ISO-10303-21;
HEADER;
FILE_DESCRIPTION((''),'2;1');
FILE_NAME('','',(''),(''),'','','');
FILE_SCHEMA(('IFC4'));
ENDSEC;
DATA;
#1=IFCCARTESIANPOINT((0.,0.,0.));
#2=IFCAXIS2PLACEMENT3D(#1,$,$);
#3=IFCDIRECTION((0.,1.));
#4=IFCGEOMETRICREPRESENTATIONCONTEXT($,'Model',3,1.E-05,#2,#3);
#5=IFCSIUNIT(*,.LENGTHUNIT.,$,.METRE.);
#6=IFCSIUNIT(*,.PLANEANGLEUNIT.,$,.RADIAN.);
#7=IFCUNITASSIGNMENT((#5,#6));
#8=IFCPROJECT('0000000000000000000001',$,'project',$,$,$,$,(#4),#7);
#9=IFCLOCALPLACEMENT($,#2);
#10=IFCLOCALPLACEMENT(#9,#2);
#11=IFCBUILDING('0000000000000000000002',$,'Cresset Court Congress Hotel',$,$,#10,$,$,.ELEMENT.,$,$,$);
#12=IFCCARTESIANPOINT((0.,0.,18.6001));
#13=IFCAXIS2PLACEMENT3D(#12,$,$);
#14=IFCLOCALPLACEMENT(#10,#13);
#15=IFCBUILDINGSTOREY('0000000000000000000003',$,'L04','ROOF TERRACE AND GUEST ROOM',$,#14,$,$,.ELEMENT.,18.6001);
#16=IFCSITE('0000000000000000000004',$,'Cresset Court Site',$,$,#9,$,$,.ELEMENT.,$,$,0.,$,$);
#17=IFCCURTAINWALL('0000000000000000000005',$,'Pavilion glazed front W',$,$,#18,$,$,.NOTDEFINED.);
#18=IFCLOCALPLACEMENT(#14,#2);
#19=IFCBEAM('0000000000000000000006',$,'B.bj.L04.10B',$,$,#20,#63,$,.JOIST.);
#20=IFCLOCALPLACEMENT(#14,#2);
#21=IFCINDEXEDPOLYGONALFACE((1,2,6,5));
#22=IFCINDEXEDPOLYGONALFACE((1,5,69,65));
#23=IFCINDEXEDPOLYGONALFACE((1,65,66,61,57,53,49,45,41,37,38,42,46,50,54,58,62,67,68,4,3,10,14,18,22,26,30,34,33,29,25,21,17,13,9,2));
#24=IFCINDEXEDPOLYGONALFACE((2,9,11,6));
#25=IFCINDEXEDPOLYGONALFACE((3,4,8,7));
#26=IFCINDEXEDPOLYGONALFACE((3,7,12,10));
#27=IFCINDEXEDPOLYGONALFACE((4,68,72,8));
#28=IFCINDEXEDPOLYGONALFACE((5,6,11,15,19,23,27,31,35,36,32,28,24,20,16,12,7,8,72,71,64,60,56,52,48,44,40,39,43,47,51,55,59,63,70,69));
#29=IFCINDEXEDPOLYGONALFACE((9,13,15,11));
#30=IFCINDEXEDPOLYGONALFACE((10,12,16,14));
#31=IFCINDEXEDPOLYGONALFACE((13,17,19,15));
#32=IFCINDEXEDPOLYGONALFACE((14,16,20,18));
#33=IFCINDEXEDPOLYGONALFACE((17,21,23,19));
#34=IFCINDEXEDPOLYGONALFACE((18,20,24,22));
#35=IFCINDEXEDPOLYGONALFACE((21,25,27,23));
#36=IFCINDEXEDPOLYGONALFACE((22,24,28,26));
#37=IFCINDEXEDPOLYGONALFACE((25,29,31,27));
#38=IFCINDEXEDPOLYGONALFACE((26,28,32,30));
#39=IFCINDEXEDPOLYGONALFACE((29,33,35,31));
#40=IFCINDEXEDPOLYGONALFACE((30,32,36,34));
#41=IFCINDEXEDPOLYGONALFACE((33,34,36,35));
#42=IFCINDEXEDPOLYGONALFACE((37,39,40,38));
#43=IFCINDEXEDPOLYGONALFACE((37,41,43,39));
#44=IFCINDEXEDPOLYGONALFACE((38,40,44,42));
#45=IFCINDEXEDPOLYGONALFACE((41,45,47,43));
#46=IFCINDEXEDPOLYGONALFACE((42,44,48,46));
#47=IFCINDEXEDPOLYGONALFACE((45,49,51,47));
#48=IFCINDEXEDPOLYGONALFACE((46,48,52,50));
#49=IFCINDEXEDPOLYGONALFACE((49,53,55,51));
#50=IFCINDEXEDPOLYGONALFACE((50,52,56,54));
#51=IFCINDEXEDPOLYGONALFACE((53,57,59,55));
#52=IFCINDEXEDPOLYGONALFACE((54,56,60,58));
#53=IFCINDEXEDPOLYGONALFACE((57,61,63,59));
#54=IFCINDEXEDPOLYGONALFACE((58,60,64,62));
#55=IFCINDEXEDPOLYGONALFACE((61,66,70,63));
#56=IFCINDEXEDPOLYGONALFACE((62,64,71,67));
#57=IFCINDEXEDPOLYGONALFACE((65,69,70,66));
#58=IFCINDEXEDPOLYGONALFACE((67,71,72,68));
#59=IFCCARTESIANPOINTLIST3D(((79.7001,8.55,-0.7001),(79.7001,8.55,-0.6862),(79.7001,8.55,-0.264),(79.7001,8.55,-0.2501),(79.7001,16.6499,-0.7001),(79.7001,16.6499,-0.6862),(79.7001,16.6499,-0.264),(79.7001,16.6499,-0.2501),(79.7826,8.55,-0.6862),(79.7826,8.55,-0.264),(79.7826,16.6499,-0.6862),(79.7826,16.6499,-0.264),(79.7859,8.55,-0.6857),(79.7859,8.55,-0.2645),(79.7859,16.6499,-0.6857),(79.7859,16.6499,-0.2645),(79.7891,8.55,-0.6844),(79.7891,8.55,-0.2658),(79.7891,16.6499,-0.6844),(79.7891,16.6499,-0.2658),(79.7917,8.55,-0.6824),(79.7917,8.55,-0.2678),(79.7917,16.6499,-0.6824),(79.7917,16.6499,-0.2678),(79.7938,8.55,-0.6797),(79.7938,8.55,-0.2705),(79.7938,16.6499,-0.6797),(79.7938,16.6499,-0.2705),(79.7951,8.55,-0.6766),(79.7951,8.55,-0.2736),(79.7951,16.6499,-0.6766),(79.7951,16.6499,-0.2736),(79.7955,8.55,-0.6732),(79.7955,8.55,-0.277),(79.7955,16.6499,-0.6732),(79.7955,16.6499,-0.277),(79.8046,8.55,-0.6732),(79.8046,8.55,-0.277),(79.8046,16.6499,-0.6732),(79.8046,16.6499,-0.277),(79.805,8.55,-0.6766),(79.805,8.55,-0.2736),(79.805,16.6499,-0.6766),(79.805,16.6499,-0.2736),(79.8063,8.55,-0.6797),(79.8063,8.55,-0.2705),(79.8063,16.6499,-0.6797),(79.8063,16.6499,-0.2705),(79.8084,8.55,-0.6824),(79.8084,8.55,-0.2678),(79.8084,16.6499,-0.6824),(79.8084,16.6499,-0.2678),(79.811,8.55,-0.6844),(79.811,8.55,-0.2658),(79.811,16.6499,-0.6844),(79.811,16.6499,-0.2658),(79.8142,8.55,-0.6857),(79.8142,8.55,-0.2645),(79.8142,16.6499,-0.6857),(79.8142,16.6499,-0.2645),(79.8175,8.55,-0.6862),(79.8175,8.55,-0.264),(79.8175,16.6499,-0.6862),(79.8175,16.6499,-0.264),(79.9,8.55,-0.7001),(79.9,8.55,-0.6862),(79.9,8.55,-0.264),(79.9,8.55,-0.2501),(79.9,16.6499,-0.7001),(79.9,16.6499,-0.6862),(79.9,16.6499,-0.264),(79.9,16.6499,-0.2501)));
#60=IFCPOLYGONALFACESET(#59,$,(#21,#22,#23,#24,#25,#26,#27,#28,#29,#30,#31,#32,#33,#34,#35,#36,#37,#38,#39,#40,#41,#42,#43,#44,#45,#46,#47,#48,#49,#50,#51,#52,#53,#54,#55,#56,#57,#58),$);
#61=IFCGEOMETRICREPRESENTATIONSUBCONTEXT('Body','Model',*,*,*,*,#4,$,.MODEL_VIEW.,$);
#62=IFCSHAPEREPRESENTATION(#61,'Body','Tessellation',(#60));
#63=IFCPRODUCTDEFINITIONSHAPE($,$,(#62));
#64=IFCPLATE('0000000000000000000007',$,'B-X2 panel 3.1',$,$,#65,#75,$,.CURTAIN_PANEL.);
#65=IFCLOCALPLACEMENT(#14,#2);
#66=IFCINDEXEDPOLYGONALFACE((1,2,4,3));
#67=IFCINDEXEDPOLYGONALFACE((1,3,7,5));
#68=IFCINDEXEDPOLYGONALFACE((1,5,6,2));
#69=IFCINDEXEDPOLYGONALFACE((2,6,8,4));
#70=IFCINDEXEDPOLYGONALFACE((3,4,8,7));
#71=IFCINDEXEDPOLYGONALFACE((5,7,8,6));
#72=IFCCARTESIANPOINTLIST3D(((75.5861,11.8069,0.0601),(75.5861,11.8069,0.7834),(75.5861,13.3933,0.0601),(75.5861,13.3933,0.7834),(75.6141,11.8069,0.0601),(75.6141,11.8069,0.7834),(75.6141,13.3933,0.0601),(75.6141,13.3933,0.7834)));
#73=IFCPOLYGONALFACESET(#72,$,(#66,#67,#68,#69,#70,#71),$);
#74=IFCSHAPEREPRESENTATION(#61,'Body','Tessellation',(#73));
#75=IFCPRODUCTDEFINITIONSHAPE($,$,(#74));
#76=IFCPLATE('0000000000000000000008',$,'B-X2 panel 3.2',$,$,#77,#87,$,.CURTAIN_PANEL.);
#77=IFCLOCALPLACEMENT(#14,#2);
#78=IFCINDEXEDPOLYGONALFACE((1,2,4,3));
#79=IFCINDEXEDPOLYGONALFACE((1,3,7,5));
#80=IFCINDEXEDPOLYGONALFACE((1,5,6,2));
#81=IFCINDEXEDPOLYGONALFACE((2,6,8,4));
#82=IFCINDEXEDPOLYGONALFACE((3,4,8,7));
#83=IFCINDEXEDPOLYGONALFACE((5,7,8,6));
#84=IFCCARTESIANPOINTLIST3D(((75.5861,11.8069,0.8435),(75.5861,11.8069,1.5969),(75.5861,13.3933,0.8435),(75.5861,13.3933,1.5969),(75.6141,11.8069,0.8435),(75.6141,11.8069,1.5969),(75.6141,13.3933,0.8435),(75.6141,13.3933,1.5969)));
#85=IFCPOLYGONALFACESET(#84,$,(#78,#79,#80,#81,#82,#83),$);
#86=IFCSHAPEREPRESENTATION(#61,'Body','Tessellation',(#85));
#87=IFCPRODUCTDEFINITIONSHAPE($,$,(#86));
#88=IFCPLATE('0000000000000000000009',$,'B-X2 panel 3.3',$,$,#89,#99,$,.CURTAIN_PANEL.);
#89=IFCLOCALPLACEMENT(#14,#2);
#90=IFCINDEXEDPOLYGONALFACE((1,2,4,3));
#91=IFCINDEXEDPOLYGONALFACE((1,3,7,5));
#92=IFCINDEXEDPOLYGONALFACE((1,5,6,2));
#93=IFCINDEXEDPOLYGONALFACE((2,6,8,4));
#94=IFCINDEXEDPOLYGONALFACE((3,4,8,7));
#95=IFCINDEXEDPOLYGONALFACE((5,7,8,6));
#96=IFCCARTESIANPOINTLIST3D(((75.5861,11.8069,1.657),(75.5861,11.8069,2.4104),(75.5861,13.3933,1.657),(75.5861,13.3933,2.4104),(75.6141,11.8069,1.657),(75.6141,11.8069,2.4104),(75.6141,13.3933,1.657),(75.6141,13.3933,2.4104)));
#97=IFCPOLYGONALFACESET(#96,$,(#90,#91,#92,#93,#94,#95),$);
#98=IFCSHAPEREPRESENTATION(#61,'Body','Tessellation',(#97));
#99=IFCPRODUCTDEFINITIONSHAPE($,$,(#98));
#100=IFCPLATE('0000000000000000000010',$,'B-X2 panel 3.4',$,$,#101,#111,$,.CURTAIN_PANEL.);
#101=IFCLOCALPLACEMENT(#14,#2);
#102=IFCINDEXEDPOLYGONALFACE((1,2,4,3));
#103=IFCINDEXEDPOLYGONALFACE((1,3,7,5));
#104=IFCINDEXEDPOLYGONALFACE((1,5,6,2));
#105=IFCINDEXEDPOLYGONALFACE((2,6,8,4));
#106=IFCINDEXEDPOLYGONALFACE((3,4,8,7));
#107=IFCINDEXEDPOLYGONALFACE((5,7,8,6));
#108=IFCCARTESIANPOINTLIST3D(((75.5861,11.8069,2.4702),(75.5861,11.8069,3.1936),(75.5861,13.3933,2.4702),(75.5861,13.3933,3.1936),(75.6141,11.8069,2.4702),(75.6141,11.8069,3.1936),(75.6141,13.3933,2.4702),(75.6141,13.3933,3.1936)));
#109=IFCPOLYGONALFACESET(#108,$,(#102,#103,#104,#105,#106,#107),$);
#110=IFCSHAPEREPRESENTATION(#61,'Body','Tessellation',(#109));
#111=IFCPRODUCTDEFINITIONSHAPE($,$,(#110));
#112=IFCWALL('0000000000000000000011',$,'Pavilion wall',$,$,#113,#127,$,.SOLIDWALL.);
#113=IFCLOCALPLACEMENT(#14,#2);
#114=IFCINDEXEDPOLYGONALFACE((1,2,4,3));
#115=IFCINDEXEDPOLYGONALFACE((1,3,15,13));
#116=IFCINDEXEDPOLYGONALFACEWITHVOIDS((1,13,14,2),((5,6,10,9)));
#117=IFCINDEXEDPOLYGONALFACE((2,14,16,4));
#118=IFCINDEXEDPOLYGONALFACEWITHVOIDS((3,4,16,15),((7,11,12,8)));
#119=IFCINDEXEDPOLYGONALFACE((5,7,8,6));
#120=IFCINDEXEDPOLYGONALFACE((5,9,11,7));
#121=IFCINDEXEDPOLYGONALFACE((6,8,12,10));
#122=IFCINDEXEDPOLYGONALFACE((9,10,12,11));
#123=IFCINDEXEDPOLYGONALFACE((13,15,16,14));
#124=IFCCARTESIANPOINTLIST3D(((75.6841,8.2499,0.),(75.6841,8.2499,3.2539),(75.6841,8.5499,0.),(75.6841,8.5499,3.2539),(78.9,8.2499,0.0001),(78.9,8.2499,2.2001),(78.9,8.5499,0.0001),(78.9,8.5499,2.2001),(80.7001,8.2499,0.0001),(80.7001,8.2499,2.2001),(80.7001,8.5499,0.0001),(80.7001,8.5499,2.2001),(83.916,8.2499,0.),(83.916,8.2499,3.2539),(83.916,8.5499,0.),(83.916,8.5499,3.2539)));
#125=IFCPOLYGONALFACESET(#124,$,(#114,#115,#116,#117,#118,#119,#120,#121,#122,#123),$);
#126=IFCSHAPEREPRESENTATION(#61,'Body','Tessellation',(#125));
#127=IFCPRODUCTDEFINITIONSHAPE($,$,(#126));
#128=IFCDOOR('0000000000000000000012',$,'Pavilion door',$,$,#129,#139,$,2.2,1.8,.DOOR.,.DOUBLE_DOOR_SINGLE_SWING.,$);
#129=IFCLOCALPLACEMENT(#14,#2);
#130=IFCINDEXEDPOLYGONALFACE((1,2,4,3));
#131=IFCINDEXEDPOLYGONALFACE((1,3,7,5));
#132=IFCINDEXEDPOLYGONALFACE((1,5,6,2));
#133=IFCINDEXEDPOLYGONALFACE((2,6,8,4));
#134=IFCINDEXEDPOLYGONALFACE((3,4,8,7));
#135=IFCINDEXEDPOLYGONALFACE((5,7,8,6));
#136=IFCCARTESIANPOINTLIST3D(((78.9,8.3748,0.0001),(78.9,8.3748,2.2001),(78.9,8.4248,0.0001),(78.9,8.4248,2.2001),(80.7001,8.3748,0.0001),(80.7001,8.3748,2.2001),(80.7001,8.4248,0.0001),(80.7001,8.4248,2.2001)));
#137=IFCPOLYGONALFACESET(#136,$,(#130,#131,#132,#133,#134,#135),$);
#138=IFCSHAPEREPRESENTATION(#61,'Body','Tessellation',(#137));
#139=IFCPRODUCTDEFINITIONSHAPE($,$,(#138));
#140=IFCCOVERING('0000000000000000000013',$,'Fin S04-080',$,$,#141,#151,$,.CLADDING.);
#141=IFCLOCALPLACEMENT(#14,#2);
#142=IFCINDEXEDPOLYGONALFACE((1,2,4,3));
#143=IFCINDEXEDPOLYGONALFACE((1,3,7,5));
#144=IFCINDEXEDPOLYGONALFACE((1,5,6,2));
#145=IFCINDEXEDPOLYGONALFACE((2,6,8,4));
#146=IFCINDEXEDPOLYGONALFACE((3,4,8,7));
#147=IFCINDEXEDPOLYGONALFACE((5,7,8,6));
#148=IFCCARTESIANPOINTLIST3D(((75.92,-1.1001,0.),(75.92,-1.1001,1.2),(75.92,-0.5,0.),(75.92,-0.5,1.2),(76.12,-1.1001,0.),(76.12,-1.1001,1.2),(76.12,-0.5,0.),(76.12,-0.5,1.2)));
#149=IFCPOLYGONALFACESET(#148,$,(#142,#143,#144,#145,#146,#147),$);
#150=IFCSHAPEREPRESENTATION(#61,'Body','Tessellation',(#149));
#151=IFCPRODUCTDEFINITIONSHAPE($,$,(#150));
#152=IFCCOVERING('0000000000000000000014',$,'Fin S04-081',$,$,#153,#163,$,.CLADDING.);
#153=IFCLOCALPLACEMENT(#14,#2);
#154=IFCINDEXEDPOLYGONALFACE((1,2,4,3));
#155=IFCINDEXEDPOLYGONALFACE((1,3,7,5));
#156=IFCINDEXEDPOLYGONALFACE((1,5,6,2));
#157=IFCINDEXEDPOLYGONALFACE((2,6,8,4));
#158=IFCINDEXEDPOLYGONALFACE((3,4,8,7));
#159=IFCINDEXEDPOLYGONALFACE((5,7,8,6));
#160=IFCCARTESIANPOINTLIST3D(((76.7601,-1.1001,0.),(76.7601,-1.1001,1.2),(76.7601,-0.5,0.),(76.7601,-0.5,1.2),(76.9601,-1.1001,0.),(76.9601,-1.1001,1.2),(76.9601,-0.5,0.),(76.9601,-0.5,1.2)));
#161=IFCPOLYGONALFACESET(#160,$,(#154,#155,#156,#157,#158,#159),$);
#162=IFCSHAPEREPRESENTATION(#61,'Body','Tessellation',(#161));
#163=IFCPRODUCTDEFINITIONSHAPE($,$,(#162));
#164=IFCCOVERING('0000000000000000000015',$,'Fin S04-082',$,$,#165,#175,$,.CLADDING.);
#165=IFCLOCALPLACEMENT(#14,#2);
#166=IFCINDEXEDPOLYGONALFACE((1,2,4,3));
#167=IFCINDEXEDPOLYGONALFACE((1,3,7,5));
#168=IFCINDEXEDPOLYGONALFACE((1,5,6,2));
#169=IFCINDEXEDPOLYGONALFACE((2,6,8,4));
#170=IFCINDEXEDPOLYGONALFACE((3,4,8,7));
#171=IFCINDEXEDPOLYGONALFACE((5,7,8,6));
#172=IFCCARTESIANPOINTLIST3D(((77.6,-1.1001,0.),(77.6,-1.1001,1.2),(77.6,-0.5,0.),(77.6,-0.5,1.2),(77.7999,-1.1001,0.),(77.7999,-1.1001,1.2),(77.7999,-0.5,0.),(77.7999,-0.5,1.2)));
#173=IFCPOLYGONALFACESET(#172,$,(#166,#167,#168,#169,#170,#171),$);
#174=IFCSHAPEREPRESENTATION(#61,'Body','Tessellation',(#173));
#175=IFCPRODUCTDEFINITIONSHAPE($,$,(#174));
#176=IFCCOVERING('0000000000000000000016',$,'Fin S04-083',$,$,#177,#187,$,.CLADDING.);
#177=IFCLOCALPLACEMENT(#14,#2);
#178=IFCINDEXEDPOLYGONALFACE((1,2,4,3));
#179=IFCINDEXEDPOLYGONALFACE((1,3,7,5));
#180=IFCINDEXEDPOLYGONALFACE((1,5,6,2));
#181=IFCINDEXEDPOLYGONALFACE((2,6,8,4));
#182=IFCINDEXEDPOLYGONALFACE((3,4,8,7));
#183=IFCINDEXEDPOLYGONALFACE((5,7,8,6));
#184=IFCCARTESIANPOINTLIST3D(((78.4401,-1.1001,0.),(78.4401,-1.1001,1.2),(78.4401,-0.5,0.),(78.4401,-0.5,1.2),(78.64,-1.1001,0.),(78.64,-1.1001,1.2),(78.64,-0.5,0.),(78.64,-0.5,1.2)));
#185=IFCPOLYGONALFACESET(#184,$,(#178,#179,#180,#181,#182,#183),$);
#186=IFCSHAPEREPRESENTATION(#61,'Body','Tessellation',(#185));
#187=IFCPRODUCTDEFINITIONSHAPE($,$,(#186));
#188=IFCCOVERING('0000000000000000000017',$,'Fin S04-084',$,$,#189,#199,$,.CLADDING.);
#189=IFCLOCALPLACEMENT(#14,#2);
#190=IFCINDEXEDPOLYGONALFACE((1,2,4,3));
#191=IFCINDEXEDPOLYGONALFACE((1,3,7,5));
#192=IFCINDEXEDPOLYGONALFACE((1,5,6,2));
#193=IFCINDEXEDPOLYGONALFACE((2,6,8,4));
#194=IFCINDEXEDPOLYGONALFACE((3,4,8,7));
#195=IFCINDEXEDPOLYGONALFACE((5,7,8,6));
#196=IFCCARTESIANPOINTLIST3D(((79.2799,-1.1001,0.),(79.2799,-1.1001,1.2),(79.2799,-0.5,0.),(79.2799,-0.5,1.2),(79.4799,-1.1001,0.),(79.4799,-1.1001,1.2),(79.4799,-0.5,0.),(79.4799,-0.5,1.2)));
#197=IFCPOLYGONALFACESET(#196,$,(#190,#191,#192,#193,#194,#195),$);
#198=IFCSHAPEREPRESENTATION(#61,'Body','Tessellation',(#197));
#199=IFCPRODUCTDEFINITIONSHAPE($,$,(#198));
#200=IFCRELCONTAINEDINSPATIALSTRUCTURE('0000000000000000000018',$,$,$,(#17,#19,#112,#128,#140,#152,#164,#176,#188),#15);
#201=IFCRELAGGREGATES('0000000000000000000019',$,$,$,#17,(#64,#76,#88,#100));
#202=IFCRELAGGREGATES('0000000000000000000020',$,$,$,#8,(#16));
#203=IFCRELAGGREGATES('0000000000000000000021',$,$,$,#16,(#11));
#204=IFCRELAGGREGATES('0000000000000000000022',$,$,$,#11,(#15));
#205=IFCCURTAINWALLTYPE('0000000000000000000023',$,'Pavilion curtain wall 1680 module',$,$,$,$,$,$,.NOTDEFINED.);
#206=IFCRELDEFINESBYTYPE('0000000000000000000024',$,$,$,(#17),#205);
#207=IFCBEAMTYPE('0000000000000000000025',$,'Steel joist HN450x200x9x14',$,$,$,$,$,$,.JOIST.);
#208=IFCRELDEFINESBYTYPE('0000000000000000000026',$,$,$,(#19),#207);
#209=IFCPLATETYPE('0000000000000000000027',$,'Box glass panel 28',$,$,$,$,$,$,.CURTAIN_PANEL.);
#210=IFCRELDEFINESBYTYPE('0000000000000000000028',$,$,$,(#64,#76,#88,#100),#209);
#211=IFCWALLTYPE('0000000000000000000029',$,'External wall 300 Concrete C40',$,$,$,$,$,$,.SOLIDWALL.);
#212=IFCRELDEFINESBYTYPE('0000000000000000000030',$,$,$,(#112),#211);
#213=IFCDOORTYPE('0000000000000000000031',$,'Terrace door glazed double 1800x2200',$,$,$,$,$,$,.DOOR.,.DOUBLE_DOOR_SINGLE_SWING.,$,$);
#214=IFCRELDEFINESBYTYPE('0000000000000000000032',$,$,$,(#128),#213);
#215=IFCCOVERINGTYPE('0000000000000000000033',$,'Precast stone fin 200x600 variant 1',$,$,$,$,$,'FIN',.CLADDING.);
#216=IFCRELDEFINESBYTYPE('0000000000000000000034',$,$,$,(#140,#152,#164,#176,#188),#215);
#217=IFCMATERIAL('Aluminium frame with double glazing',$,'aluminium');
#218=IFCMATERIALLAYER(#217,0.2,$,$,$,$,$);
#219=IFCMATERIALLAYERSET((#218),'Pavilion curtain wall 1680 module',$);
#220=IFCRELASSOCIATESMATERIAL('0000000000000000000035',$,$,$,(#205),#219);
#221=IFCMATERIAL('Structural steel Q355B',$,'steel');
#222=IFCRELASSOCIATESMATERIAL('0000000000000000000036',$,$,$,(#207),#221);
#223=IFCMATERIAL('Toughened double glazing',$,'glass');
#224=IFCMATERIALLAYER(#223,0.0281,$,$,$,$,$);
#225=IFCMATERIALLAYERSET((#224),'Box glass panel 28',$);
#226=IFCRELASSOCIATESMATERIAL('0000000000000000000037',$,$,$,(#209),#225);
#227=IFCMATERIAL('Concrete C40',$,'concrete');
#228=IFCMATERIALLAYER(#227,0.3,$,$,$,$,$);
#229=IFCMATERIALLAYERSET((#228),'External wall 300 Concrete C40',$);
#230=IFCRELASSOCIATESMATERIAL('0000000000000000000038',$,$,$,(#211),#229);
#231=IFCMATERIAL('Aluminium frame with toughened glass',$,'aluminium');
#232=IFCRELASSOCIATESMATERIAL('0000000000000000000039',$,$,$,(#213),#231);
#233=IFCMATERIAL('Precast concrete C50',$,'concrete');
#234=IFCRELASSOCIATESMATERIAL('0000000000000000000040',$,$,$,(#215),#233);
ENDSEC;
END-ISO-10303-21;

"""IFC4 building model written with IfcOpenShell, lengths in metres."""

from ifc_helpers import new_model, si_unit, direction, frame, frame_2d, origin, origin_2d, place, context, subcontext, project, spatial, rectangle, i_section, extrude, material, layer, layer_set, material_profile, profile_set, type_object, element, fill, aggregate, save


model = new_model("IFC4")

# Units and contexts
model_context = context("Model", 3, precision=1e-05, world=origin(), true_north=direction((0.0, 1.0)))
body_context = subcontext(model_context, "Body", "Model", "MODEL_VIEW")
ifc_project = project(units=[si_unit("LENGTHUNIT", "METRE"), si_unit("PLANEANGLEUNIT", "RADIAN")], contexts=[model_context])

# Site, building, storey
site_placement = place(None, origin())
site = spatial("IfcSite", under=ifc_project, at=site_placement, Name="Cresset Court Site", CompositionType="ELEMENT", RefElevation=0.0)
building_placement = place(site_placement, origin())
building = spatial("IfcBuilding", under=site, at=building_placement, Name="Cresset Court Congress Hotel", CompositionType="ELEMENT")
storey_placement = place(building_placement, frame((0.0, 0.0, 18.6001)))
storey = spatial("IfcBuildingStorey", under=building, at=storey_placement, Name="L04", Description="ROOF TERRACE AND GUEST ROOM", CompositionType="ELEMENT", Elevation=18.6001)

# Curtain wall
ifc_material_1 = material(Name="Aluminium frame with double glazing", Category="aluminium")
ifc_layer_1 = layer(ifc_material_1, 0.2)
ifc_layer_set_1 = layer_set([ifc_layer_1], Name="Pavilion curtain wall 1680 module")
curtain_wall_type = type_object("IfcCurtainWallType", Name="Pavilion curtain wall 1680 module", PredefinedType="NOTDEFINED", material=ifc_layer_set_1)
curtain_wall_placement = place(storey_placement, origin())
curtain_wall = element("IfcCurtainWall", 1, at=curtain_wall_placement, inside=storey, type_object=curtain_wall_type, Name="Pavilion glazed front W", PredefinedType="NOTDEFINED")

# Beam
ifc_material_2 = material(Name="Structural steel Q355B", Category="steel")
ifc_material_profile_1 = material_profile(ifc_material_2, i_section(OverallWidth=0.2, OverallDepth=0.45, WebThickness=0.009, FlangeThickness=0.0139, FilletRadius=0.0129, at=origin_2d()), Name="HN450x200x9x14")
ifc_profile_set_1 = profile_set([ifc_material_profile_1], Name="Structural steel Q355B")
beam_type_1 = type_object("IfcBeamType", Name="Steel joist HN450x200x9x14", PredefinedType="JOIST", material=ifc_profile_set_1)
beam_1_placement = place(storey_placement, frame((79.8, 8.55, -0.4751), z_axis=(0.0, 1.0, 0.0), x_axis=(-1.0, 0.0, 0.0)))
element("IfcBeam", 2, at=beam_1_placement, inside=storey, type_object=beam_type_1, Name="B.bj.L04.10B", PredefinedType="JOIST", context=body_context, shape_type="SweptSolid", body=[
    extrude(i_section(OverallWidth=0.2, OverallDepth=0.45, WebThickness=0.009, FlangeThickness=0.0139, FilletRadius=0.0129, at=origin_2d()), origin(), (0.0, 0.0, 1.0), 8.0999),
])

# Plates
ifc_material_3 = material(Name="Toughened double glazing", Category="glass")
ifc_layer_2 = layer(ifc_material_3, 0.0281)
ifc_layer_set_2 = layer_set([ifc_layer_2], Name="Box glass panel 28")
plate_type = type_object("IfcPlateType", Name="Box glass panel 28", PredefinedType="CURTAIN_PANEL", material=ifc_layer_set_2)
plate_1_placement = place(storey_placement, frame((75.6001, 12.6001, 0.0601), z_axis=(0.0, 0.0, 1.0), x_axis=(0.0, 1.0, 0.0)))
plate_1 = element("IfcPlate", 3, at=plate_1_placement, type_object=plate_type, Name="B-X2 panel 3.1", PredefinedType="CURTAIN_PANEL", context=body_context, shape_type="SweptSolid", body=[
    extrude(rectangle(XDim=1.5864, YDim=0.0281, at=origin_2d()), origin(), (0.0, 0.0, 1.0), 0.7234),
])
plate_2_placement = place(storey_placement, frame((75.6001, 12.6001, 0.8435), z_axis=(0.0, 0.0, 1.0), x_axis=(0.0, 1.0, 0.0)))
plate_2 = element("IfcPlate", 4, at=plate_2_placement, type_object=plate_type, Name="B-X2 panel 3.2", PredefinedType="CURTAIN_PANEL", context=body_context, shape_type="SweptSolid", body=[
    extrude(rectangle(XDim=1.5864, YDim=0.0281, at=origin_2d()), origin(), (0.0, 0.0, 1.0), 0.7534),
])
plate_3_placement = place(storey_placement, frame((75.6001, 12.6001, 1.657), z_axis=(0.0, 0.0, 1.0), x_axis=(0.0, 1.0, 0.0)))
plate_3 = element("IfcPlate", 5, at=plate_3_placement, type_object=plate_type, Name="B-X2 panel 3.3", PredefinedType="CURTAIN_PANEL", context=body_context, shape_type="SweptSolid", body=[
    extrude(rectangle(XDim=1.5864, YDim=0.0281, at=origin_2d()), origin(), (0.0, 0.0, 1.0), 0.7534),
])
plate_4_placement = place(storey_placement, frame((75.6001, 12.6001, 2.4702), z_axis=(0.0, 0.0, 1.0), x_axis=(0.0, 1.0, 0.0)))
plate_4 = element("IfcPlate", 6, at=plate_4_placement, type_object=plate_type, Name="B-X2 panel 3.4", PredefinedType="CURTAIN_PANEL", context=body_context, shape_type="SweptSolid", body=[
    extrude(rectangle(XDim=1.5864, YDim=0.0281, at=origin_2d()), origin(), (0.0, 0.0, 1.0), 0.7234),
])
aggregate(curtain_wall, [plate_1, plate_2, plate_3, plate_4])

# Wall, opening, door
ifc_material_4 = material(Name="Concrete C40", Category="concrete")
ifc_layer_3 = layer(ifc_material_4, 0.3)
ifc_layer_set_3 = layer_set([ifc_layer_3], Name="External wall 300 Concrete C40")
wall_type = type_object("IfcWallType", Name="External wall 300 Concrete C40", PredefinedType="SOLIDWALL", material=ifc_layer_set_3)
wall_placement = place(storey_placement, frame((75.6841, 8.3999, 0.0), z_axis=(0.0, 0.0, 1.0), x_axis=(1.0, 0.0, 0.0)))
wall = element("IfcWall", 7, at=wall_placement, inside=storey, type_object=wall_type, Name="Pavilion wall", PredefinedType="SOLIDWALL", context=body_context, shape_type="SweptSolid", body=[
    extrude(rectangle(XDim=8.2319, YDim=0.3, at=frame_2d((4.116, 0.0))), origin(), (0.0, 0.0, 1.0), 3.2539),
])
opening_placement = place(wall_placement, frame((3.2161, 0.0, 0.0)))
opening = element("IfcOpeningElement", 8, at=opening_placement, cuts=wall, PredefinedType="OPENING", context=body_context, shape_type="SweptSolid", body=[
    extrude(rectangle(XDim=1.8, YDim=2.2, at=frame_2d((0.8999, 1.1001))), frame((0.0, 0.1599, 0.0), z_axis=(0.0, -1.0, 0.0), x_axis=(1.0, 0.0, 0.0)), (0.0, 0.0, 1.0), 0.3201),
])
ifc_material_5 = material(Name="Aluminium frame with toughened glass", Category="aluminium")
door_type = type_object("IfcDoorType", Name="Terrace door glazed double 1800x2200", OperationType="DOUBLE_DOOR_SINGLE_SWING", PredefinedType="DOOR", material=ifc_material_5)
door_placement = place(opening_placement, origin())
door = element("IfcDoor", 9, at=door_placement, inside=storey, type_object=door_type, Name="Pavilion door", OperationType="DOUBLE_DOOR_SINGLE_SWING", OverallHeight=2.2, OverallWidth=1.8, PredefinedType="DOOR", context=body_context, shape_type="SweptSolid", body=[
    extrude(rectangle(XDim=1.8, YDim=2.2, at=frame_2d((0.8999, 1.1001))), frame((0.0, 0.0249, 0.0), z_axis=(0.0, -1.0, 0.0), x_axis=(1.0, 0.0, 0.0)), (0.0, 0.0, 1.0), 0.05),
])
fill(opening, door)

# Coverings
ifc_material_6 = material(Name="Precast concrete C50", Category="concrete")
covering_type = type_object("IfcCoveringType", Name="Precast stone fin 200x600 variant 1", ElementType="FIN", PredefinedType="CLADDING", material=ifc_material_6)
for number, where, z_axis, x_axis, name in (
    (10, (76.02, -0.8, 0.0), (0.0, 0.0, 1.0), (1.0, 0.0, 0.0), "Fin S04-080"),
    (11, (76.8601, -0.8, 0.0), (0.0, 0.0, 1.0), (1.0, 0.0, 0.0), "Fin S04-081"),
    (12, (77.7, -0.8, 0.0), (0.0, 0.0, 1.0), (1.0, 0.0, 0.0), "Fin S04-082"),
    (13, (78.54, -0.8, 0.0), (0.0, 0.0, 1.0), (1.0, 0.0, 0.0), "Fin S04-083"),
    (14, (79.3799, -0.8, 0.0), (0.0, 0.0, 1.0), (1.0, 0.0, 0.0), "Fin S04-084"),
):
    element("IfcCovering", number, at=place(storey_placement, frame(where, z_axis=z_axis, x_axis=x_axis)), inside=storey, type_object=covering_type, Name=name, PredefinedType="CLADDING", context=body_context, shape_type="SweptSolid", body=[
        extrude(rectangle(XDim=0.2, YDim=0.6001, at=origin_2d()), origin(), (0.0, 0.0, 1.0), 1.2),
    ])

save(model, "model.ifc")
